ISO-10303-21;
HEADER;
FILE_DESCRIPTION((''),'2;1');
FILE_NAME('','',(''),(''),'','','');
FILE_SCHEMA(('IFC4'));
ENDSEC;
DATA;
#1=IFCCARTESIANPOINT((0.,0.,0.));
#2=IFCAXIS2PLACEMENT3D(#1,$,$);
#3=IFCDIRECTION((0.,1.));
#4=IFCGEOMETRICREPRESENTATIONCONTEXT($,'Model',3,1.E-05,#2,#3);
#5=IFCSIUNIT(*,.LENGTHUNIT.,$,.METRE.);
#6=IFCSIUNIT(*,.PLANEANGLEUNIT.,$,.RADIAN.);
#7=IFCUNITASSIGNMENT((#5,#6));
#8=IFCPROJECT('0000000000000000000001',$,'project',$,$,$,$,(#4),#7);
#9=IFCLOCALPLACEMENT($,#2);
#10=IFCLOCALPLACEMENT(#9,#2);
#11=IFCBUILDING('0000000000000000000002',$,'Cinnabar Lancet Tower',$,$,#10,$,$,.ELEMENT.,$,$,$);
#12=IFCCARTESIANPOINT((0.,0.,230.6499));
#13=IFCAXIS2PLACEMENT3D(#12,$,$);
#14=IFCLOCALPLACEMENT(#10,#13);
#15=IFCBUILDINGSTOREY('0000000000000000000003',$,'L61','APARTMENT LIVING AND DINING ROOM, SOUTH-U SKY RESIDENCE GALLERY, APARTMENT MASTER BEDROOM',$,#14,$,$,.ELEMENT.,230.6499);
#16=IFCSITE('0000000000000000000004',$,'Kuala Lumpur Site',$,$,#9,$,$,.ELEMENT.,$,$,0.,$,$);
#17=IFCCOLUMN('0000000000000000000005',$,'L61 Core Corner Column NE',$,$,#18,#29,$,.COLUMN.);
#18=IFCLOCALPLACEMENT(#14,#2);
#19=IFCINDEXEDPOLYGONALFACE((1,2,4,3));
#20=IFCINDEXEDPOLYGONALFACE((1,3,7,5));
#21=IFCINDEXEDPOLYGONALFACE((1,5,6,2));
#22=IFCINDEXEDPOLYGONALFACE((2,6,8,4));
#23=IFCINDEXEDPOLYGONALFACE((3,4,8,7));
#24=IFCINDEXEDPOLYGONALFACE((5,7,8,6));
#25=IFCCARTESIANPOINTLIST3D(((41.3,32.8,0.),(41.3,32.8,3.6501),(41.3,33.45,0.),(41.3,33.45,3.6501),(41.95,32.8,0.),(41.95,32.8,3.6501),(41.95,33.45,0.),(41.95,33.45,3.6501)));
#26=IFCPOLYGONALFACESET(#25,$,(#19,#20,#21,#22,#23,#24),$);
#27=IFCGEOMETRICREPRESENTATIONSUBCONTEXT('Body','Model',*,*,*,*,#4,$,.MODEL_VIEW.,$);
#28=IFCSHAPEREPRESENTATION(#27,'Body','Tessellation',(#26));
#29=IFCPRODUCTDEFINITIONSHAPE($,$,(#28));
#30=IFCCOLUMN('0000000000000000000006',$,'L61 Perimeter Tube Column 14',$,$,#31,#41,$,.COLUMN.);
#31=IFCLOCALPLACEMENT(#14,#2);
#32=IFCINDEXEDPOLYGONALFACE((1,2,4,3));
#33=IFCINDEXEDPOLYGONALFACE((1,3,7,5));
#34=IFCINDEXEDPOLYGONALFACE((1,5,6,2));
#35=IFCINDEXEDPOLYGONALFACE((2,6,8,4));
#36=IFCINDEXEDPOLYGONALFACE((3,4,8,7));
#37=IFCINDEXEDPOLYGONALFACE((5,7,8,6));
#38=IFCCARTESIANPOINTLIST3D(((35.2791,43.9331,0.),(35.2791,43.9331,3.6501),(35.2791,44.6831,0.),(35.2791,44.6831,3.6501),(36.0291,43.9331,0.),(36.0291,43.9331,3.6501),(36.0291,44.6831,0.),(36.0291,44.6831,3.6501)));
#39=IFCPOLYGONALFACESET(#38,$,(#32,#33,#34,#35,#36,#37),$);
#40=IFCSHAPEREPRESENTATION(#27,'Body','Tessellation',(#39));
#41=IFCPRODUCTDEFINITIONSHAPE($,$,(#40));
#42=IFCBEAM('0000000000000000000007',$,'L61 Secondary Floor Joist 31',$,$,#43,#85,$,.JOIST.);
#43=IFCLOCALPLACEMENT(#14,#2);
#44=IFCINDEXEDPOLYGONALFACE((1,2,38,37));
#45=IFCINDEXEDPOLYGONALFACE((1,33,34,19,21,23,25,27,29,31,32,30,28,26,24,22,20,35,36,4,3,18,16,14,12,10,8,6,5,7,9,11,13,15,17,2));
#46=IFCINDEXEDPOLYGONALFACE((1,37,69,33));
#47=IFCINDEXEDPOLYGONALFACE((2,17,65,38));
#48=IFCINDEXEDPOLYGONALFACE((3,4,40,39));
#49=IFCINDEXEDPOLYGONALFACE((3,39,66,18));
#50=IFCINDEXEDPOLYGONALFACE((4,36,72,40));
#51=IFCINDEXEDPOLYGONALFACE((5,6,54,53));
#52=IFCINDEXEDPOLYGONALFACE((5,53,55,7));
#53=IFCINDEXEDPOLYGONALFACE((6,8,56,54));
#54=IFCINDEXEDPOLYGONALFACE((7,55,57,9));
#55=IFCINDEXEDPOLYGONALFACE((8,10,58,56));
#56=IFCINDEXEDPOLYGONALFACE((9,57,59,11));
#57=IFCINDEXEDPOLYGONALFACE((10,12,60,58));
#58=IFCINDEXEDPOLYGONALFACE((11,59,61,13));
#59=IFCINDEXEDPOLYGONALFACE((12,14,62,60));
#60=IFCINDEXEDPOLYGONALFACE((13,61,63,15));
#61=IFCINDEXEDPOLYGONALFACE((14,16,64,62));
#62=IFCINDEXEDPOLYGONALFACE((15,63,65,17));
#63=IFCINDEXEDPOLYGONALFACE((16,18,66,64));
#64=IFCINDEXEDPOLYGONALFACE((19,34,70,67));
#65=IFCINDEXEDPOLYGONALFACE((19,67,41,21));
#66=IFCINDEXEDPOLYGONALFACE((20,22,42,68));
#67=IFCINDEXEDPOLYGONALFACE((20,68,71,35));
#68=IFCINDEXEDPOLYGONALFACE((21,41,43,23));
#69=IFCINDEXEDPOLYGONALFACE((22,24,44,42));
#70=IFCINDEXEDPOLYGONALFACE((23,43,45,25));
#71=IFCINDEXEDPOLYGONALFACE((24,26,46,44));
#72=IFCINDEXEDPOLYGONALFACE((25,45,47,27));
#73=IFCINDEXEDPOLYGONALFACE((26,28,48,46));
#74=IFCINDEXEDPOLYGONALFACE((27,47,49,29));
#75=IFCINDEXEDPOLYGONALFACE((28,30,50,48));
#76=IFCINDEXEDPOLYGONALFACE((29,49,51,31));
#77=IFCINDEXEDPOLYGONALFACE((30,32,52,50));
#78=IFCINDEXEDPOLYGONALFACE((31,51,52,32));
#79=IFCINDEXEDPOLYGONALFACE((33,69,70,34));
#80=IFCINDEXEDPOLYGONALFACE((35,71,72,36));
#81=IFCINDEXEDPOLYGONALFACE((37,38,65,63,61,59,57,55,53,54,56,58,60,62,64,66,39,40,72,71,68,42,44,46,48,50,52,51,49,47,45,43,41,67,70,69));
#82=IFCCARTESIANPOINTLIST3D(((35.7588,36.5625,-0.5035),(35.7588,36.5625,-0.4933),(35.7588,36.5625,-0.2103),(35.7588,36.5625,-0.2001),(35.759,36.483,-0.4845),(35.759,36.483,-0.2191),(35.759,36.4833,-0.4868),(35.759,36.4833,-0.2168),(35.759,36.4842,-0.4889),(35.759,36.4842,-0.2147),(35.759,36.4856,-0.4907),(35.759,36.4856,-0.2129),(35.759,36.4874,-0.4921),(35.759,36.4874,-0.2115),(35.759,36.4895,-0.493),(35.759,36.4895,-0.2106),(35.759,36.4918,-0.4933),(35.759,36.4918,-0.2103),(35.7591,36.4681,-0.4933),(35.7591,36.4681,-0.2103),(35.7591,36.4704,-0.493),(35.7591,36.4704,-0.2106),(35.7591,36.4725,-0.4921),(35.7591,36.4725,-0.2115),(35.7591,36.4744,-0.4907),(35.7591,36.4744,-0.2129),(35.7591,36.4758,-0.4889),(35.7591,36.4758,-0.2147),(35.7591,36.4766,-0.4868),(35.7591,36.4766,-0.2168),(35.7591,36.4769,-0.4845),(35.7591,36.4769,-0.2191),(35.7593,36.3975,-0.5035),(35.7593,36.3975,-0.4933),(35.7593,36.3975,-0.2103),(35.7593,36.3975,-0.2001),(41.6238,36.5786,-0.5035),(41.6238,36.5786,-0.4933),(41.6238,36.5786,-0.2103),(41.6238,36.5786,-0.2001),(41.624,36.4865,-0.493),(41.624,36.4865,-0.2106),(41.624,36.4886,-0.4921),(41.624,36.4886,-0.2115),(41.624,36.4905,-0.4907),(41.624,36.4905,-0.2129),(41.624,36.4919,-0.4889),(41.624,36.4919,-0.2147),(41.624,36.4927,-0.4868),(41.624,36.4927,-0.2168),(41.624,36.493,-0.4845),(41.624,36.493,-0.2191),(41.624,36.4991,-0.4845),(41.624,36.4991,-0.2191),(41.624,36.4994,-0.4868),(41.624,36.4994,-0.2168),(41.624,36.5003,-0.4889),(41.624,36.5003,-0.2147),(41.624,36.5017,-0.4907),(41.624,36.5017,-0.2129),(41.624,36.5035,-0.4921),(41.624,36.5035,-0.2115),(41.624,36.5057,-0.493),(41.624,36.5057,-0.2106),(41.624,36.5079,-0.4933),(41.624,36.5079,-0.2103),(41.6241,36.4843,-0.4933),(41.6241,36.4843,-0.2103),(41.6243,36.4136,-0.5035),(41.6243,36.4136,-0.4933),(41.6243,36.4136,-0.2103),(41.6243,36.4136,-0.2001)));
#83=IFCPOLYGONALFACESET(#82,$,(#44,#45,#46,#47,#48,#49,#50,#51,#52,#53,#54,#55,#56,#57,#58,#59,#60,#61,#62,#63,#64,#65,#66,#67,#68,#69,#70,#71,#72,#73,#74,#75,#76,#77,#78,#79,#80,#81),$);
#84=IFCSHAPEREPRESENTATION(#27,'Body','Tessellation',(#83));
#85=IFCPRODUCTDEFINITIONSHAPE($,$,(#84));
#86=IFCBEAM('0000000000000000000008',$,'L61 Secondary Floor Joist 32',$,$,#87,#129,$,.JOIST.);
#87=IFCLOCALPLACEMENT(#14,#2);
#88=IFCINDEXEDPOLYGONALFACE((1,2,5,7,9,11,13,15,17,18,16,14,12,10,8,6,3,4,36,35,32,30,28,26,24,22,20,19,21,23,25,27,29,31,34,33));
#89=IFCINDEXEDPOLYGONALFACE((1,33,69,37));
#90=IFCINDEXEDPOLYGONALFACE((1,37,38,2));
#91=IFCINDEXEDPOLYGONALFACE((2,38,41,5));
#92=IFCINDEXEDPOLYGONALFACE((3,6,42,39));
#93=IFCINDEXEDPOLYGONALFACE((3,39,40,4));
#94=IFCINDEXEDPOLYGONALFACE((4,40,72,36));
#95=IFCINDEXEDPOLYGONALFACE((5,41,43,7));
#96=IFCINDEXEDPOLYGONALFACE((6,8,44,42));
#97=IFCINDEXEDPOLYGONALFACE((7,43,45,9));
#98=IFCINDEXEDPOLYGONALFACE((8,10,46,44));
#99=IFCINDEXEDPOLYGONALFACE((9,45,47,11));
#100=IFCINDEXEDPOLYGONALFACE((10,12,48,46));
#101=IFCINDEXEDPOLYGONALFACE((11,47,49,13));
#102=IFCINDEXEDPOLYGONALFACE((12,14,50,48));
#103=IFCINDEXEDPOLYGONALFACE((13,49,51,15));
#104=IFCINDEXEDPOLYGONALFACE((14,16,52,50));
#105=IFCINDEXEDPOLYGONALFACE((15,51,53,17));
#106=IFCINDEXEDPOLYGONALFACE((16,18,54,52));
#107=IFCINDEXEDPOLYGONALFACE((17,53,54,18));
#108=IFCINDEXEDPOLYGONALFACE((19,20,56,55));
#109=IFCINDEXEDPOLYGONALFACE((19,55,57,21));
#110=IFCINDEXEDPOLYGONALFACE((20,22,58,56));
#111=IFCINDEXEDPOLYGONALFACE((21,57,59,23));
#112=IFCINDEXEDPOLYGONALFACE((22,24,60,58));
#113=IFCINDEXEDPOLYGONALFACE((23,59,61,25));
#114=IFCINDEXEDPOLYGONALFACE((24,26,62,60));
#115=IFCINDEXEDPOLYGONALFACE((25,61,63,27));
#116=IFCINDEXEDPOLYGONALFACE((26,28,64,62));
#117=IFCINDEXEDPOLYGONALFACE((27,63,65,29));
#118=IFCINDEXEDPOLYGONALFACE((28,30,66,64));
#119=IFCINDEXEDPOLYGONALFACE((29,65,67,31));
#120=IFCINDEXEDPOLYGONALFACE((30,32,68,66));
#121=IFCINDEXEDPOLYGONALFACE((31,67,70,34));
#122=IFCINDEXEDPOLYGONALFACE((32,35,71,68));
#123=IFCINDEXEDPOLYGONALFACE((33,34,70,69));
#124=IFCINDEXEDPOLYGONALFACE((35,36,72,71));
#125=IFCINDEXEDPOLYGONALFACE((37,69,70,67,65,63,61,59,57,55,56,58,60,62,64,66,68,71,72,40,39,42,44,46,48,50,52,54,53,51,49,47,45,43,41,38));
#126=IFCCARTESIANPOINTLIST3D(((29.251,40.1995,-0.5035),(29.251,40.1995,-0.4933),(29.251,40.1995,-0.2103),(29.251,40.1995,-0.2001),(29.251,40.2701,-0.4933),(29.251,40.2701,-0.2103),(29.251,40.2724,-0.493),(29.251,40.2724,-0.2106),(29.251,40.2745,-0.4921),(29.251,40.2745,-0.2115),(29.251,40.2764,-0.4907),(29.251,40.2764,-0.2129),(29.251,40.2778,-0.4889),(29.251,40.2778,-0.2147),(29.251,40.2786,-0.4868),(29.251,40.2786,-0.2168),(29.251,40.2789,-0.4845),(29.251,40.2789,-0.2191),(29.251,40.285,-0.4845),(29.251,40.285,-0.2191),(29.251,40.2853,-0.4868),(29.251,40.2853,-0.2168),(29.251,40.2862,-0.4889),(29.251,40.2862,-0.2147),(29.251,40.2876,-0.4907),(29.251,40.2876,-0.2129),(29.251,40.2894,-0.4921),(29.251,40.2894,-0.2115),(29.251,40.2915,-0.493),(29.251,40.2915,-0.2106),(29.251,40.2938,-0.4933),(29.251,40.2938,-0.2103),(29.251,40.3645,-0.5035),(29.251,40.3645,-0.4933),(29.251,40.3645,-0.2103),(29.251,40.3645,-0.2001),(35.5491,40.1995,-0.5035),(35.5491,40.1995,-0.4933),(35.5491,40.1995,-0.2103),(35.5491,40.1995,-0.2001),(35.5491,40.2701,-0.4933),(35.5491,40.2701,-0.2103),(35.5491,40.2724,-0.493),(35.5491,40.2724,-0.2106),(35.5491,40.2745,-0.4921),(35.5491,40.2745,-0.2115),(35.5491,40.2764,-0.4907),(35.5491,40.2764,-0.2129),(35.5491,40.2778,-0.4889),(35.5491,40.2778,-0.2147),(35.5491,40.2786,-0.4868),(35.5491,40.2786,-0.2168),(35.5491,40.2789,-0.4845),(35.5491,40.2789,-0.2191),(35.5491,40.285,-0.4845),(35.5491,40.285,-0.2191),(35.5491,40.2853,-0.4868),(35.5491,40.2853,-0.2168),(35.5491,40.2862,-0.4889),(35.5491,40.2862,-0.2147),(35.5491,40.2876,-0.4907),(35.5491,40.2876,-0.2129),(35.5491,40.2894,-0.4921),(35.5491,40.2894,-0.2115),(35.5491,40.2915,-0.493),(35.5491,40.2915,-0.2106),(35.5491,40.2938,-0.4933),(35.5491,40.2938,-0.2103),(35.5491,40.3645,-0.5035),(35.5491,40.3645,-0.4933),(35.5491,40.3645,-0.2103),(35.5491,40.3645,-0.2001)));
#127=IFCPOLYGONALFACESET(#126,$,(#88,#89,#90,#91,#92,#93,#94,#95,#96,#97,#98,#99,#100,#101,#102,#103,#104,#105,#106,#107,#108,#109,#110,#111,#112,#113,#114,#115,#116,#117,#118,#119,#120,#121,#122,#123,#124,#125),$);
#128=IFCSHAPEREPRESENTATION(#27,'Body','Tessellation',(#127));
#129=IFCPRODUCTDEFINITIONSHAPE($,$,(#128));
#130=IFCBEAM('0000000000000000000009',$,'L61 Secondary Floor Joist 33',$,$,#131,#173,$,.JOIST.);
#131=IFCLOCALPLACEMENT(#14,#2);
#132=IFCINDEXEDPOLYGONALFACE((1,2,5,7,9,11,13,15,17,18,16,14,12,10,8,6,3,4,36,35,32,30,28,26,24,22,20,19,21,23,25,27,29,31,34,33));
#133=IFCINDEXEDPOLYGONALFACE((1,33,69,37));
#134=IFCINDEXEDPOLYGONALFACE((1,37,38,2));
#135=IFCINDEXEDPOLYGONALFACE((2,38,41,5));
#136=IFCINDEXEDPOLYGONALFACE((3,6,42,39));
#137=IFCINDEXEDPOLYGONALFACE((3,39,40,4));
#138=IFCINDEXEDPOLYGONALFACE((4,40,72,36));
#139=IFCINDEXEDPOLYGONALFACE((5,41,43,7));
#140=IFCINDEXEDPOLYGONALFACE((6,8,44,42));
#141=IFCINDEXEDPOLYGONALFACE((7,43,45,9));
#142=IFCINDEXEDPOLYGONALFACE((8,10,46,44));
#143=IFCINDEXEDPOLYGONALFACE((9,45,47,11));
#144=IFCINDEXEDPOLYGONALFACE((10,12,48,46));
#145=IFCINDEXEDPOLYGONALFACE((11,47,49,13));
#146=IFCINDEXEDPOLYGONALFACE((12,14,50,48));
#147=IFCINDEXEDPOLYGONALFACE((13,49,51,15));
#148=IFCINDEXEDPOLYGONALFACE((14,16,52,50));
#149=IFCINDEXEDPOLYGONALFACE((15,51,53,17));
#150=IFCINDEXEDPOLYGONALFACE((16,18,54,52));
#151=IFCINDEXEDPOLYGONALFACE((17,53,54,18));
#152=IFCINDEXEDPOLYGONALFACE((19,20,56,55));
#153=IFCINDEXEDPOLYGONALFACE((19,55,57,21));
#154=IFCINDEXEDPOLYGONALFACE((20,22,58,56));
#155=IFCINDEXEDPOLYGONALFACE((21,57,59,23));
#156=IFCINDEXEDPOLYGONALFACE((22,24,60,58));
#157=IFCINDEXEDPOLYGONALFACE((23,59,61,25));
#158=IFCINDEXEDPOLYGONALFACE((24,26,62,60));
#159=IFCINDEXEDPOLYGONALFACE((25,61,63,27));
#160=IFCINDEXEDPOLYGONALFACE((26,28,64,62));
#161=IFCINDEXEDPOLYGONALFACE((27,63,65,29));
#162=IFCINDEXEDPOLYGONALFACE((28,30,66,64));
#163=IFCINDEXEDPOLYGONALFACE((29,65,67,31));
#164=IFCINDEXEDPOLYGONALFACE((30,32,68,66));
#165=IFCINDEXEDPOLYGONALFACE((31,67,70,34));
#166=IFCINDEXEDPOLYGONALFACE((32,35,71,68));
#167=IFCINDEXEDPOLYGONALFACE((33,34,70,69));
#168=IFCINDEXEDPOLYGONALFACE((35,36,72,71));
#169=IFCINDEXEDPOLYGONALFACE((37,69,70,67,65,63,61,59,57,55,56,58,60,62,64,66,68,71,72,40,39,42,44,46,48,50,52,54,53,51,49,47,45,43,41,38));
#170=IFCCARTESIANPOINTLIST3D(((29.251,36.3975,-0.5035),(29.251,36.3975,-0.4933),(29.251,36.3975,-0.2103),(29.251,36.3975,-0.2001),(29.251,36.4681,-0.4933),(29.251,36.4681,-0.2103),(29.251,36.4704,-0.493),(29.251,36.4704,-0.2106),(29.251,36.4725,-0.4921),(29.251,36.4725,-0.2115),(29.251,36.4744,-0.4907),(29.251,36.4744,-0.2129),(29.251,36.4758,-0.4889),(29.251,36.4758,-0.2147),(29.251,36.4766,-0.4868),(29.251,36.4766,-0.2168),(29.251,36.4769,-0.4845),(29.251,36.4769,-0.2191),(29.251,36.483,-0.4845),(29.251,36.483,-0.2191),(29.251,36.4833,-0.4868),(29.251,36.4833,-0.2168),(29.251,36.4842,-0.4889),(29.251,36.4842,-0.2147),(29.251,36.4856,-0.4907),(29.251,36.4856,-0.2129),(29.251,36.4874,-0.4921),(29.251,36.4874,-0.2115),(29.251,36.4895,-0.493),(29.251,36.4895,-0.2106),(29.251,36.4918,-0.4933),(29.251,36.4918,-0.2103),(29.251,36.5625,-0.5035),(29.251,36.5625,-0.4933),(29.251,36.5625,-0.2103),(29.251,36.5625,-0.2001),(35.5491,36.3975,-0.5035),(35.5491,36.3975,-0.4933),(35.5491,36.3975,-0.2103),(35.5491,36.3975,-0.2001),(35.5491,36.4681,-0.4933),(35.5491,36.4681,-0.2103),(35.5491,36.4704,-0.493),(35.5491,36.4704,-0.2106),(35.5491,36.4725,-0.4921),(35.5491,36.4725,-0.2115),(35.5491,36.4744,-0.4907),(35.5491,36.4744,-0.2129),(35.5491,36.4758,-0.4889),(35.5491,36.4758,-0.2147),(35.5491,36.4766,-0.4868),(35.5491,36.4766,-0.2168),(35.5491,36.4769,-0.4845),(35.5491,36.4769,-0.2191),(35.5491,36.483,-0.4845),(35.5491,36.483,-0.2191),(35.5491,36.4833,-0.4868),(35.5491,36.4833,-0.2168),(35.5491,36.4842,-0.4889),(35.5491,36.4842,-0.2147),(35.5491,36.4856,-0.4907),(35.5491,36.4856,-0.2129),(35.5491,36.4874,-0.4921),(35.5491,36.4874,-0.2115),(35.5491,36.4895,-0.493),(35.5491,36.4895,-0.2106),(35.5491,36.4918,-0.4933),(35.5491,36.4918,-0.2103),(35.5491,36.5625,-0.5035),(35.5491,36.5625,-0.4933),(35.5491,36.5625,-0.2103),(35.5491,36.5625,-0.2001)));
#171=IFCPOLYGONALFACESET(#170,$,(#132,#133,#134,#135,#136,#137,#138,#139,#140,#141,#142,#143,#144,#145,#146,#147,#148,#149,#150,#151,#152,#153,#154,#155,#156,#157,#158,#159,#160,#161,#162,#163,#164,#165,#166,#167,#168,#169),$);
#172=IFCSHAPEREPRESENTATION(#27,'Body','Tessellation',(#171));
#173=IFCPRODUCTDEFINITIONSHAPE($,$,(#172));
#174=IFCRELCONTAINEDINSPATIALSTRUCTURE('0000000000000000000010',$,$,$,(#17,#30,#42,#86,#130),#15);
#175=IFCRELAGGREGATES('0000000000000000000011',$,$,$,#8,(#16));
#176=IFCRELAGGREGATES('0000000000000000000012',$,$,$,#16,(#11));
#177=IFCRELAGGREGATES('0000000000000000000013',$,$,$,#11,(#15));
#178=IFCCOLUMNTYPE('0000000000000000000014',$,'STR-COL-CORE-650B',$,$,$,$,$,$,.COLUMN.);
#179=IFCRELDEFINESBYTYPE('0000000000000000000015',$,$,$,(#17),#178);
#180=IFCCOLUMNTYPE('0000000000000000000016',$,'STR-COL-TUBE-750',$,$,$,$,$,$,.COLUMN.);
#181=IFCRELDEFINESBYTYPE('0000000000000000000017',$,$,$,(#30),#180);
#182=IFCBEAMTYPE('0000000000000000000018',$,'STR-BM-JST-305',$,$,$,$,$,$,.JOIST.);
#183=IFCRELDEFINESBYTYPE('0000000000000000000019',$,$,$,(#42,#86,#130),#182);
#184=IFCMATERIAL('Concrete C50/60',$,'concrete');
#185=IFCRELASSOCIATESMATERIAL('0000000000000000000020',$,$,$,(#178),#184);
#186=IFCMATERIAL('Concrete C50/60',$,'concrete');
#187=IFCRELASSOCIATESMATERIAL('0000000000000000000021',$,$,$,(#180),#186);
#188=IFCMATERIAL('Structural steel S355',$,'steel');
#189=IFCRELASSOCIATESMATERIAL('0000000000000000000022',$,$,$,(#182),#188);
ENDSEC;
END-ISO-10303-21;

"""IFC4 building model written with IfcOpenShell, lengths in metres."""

from ifc_helpers import new_model, si_unit, direction, frame, origin, origin_2d, place, context, subcontext, project, spatial, rectangle, i_section, extrude, material, material_profile, profile_set, type_object, element, save


model = new_model("IFC4")

# Units and contexts
model_context = context("Model", 3, precision=1e-05, world=origin(), true_north=direction((0.0, 1.0)))
body_context = subcontext(model_context, "Body", "Model", "MODEL_VIEW")
ifc_project = project(units=[si_unit("LENGTHUNIT", "METRE"), si_unit("PLANEANGLEUNIT", "RADIAN")], contexts=[model_context])

# Site, building, storey
site_placement = place(None, origin())
site = spatial("IfcSite", under=ifc_project, at=site_placement, Name="Kuala Lumpur Site", CompositionType="ELEMENT", RefElevation=0.0)
building_placement = place(site_placement, origin())
building = spatial("IfcBuilding", under=site, at=building_placement, Name="Cinnabar Lancet Tower", CompositionType="ELEMENT")
storey_placement = place(building_placement, frame((0.0, 0.0, 230.6499)))
storey = spatial("IfcBuildingStorey", under=building, at=storey_placement, Name="L61", Description="APARTMENT LIVING AND DINING ROOM, SOUTH-U SKY RESIDENCE GALLERY, APARTMENT MASTER BEDROOM", CompositionType="ELEMENT", Elevation=230.6499)

# Columns
ifc_material_1 = material(Name="Concrete C50/60", Category="concrete")
ifc_material_profile_1 = material_profile(ifc_material_1, rectangle(XDim=0.6499, YDim=0.6499, at=origin_2d()), Name="RC-COL 650x650")
ifc_profile_set_1 = profile_set([ifc_material_profile_1], Name="Concrete C50/60")
column_type_1 = type_object("IfcColumnType", Name="STR-COL-CORE-650B", PredefinedType="COLUMN", material=ifc_profile_set_1)
column_1_placement = place(storey_placement, frame((41.625, 33.125, 0.0), z_axis=(0.0, 0.0, 1.0), x_axis=(1.0, 0.0, 0.0)))
element("IfcColumn", 1, at=column_1_placement, inside=storey, type_object=column_type_1, Name="L61 Core Corner Column NE", PredefinedType="COLUMN", context=body_context, shape_type="SweptSolid", body=[
    extrude(rectangle(XDim=0.6499, YDim=0.6499, at=origin_2d()), origin(), (0.0, 0.0, 1.0), 3.6501),
])
ifc_material_2 = material(Name="Concrete C50/60", Category="concrete")
ifc_material_profile_2 = material_profile(ifc_material_2, rectangle(XDim=0.75, YDim=0.75, at=origin_2d()), Name="RC-COL 750x750")
ifc_profile_set_2 = profile_set([ifc_material_profile_2], Name="Concrete C50/60")
column_type_2 = type_object("IfcColumnType", Name="STR-COL-TUBE-750", PredefinedType="COLUMN", material=ifc_profile_set_2)
column_2_placement = place(storey_placement, frame((35.6541, 44.3081, 0.0), z_axis=(0.0, 0.0, 1.0), x_axis=(1.0, 0.0, 0.0)))
element("IfcColumn", 2, at=column_2_placement, inside=storey, type_object=column_type_2, Name="L61 Perimeter Tube Column 14", PredefinedType="COLUMN", context=body_context, shape_type="SweptSolid", body=[
    extrude(rectangle(XDim=0.75, YDim=0.75, at=origin_2d()), origin(), (0.0, 0.0, 1.0), 3.6501),
])

# Beams
ifc_material_3 = material(Name="Structural steel S355", Category="steel")
ifc_material_profile_3 = material_profile(ifc_material_3, i_section(OverallWidth=0.165, OverallDepth=0.3035, WebThickness=0.0061, FlangeThickness=0.0103, FilletRadius=0.0088, at=origin_2d()), Name="UKB 305x165x40")
ifc_profile_set_3 = profile_set([ifc_material_profile_3], Name="Structural steel S355")
beam_type_1 = type_object("IfcBeamType", Name="STR-BM-JST-305", PredefinedType="JOIST", material=ifc_profile_set_3)
beam_1_placement = place(storey_placement, frame((41.624, 36.4961, -0.3518), z_axis=(-0.999996, -0.002747, 0.0), x_axis=(0.002747, -0.999996, 0.0)))
element("IfcBeam", 3, at=beam_1_placement, inside=storey, type_object=beam_type_1, Name="L61 Secondary Floor Joist 31", PredefinedType="JOIST", context=body_context, shape_type="SweptSolid", body=[
    extrude(i_section(OverallWidth=0.165, OverallDepth=0.3035, WebThickness=0.0061, FlangeThickness=0.0103, FilletRadius=0.0088, at=origin_2d()), origin(), (0.0, 0.0, 1.0), 5.865),
])
for number, where, z_axis, x_axis, name in (
    (4, (35.5491, 40.282, -0.3518), (-1.0, 0.0, 0.0), (0.0, -1.0, 0.0), "L61 Secondary Floor Joist 32"),
    (5, (35.5491, 36.48, -0.3518), (-1.0, 0.0, 0.0), (0.0, -1.0, 0.0), "L61 Secondary Floor Joist 33"),
):
    element("IfcBeam", number, at=place(storey_placement, frame(where, z_axis=z_axis, x_axis=x_axis)), inside=storey, type_object=beam_type_1, Name=name, PredefinedType="JOIST", context=body_context, shape_type="SweptSolid", body=[
        extrude(i_section(OverallWidth=0.165, OverallDepth=0.3035, WebThickness=0.0061, FlangeThickness=0.0103, FilletRadius=0.0088, at=origin_2d()), origin(), (0.0, 0.0, 1.0), 6.2981),
    ])

save(model, "model.ifc")
